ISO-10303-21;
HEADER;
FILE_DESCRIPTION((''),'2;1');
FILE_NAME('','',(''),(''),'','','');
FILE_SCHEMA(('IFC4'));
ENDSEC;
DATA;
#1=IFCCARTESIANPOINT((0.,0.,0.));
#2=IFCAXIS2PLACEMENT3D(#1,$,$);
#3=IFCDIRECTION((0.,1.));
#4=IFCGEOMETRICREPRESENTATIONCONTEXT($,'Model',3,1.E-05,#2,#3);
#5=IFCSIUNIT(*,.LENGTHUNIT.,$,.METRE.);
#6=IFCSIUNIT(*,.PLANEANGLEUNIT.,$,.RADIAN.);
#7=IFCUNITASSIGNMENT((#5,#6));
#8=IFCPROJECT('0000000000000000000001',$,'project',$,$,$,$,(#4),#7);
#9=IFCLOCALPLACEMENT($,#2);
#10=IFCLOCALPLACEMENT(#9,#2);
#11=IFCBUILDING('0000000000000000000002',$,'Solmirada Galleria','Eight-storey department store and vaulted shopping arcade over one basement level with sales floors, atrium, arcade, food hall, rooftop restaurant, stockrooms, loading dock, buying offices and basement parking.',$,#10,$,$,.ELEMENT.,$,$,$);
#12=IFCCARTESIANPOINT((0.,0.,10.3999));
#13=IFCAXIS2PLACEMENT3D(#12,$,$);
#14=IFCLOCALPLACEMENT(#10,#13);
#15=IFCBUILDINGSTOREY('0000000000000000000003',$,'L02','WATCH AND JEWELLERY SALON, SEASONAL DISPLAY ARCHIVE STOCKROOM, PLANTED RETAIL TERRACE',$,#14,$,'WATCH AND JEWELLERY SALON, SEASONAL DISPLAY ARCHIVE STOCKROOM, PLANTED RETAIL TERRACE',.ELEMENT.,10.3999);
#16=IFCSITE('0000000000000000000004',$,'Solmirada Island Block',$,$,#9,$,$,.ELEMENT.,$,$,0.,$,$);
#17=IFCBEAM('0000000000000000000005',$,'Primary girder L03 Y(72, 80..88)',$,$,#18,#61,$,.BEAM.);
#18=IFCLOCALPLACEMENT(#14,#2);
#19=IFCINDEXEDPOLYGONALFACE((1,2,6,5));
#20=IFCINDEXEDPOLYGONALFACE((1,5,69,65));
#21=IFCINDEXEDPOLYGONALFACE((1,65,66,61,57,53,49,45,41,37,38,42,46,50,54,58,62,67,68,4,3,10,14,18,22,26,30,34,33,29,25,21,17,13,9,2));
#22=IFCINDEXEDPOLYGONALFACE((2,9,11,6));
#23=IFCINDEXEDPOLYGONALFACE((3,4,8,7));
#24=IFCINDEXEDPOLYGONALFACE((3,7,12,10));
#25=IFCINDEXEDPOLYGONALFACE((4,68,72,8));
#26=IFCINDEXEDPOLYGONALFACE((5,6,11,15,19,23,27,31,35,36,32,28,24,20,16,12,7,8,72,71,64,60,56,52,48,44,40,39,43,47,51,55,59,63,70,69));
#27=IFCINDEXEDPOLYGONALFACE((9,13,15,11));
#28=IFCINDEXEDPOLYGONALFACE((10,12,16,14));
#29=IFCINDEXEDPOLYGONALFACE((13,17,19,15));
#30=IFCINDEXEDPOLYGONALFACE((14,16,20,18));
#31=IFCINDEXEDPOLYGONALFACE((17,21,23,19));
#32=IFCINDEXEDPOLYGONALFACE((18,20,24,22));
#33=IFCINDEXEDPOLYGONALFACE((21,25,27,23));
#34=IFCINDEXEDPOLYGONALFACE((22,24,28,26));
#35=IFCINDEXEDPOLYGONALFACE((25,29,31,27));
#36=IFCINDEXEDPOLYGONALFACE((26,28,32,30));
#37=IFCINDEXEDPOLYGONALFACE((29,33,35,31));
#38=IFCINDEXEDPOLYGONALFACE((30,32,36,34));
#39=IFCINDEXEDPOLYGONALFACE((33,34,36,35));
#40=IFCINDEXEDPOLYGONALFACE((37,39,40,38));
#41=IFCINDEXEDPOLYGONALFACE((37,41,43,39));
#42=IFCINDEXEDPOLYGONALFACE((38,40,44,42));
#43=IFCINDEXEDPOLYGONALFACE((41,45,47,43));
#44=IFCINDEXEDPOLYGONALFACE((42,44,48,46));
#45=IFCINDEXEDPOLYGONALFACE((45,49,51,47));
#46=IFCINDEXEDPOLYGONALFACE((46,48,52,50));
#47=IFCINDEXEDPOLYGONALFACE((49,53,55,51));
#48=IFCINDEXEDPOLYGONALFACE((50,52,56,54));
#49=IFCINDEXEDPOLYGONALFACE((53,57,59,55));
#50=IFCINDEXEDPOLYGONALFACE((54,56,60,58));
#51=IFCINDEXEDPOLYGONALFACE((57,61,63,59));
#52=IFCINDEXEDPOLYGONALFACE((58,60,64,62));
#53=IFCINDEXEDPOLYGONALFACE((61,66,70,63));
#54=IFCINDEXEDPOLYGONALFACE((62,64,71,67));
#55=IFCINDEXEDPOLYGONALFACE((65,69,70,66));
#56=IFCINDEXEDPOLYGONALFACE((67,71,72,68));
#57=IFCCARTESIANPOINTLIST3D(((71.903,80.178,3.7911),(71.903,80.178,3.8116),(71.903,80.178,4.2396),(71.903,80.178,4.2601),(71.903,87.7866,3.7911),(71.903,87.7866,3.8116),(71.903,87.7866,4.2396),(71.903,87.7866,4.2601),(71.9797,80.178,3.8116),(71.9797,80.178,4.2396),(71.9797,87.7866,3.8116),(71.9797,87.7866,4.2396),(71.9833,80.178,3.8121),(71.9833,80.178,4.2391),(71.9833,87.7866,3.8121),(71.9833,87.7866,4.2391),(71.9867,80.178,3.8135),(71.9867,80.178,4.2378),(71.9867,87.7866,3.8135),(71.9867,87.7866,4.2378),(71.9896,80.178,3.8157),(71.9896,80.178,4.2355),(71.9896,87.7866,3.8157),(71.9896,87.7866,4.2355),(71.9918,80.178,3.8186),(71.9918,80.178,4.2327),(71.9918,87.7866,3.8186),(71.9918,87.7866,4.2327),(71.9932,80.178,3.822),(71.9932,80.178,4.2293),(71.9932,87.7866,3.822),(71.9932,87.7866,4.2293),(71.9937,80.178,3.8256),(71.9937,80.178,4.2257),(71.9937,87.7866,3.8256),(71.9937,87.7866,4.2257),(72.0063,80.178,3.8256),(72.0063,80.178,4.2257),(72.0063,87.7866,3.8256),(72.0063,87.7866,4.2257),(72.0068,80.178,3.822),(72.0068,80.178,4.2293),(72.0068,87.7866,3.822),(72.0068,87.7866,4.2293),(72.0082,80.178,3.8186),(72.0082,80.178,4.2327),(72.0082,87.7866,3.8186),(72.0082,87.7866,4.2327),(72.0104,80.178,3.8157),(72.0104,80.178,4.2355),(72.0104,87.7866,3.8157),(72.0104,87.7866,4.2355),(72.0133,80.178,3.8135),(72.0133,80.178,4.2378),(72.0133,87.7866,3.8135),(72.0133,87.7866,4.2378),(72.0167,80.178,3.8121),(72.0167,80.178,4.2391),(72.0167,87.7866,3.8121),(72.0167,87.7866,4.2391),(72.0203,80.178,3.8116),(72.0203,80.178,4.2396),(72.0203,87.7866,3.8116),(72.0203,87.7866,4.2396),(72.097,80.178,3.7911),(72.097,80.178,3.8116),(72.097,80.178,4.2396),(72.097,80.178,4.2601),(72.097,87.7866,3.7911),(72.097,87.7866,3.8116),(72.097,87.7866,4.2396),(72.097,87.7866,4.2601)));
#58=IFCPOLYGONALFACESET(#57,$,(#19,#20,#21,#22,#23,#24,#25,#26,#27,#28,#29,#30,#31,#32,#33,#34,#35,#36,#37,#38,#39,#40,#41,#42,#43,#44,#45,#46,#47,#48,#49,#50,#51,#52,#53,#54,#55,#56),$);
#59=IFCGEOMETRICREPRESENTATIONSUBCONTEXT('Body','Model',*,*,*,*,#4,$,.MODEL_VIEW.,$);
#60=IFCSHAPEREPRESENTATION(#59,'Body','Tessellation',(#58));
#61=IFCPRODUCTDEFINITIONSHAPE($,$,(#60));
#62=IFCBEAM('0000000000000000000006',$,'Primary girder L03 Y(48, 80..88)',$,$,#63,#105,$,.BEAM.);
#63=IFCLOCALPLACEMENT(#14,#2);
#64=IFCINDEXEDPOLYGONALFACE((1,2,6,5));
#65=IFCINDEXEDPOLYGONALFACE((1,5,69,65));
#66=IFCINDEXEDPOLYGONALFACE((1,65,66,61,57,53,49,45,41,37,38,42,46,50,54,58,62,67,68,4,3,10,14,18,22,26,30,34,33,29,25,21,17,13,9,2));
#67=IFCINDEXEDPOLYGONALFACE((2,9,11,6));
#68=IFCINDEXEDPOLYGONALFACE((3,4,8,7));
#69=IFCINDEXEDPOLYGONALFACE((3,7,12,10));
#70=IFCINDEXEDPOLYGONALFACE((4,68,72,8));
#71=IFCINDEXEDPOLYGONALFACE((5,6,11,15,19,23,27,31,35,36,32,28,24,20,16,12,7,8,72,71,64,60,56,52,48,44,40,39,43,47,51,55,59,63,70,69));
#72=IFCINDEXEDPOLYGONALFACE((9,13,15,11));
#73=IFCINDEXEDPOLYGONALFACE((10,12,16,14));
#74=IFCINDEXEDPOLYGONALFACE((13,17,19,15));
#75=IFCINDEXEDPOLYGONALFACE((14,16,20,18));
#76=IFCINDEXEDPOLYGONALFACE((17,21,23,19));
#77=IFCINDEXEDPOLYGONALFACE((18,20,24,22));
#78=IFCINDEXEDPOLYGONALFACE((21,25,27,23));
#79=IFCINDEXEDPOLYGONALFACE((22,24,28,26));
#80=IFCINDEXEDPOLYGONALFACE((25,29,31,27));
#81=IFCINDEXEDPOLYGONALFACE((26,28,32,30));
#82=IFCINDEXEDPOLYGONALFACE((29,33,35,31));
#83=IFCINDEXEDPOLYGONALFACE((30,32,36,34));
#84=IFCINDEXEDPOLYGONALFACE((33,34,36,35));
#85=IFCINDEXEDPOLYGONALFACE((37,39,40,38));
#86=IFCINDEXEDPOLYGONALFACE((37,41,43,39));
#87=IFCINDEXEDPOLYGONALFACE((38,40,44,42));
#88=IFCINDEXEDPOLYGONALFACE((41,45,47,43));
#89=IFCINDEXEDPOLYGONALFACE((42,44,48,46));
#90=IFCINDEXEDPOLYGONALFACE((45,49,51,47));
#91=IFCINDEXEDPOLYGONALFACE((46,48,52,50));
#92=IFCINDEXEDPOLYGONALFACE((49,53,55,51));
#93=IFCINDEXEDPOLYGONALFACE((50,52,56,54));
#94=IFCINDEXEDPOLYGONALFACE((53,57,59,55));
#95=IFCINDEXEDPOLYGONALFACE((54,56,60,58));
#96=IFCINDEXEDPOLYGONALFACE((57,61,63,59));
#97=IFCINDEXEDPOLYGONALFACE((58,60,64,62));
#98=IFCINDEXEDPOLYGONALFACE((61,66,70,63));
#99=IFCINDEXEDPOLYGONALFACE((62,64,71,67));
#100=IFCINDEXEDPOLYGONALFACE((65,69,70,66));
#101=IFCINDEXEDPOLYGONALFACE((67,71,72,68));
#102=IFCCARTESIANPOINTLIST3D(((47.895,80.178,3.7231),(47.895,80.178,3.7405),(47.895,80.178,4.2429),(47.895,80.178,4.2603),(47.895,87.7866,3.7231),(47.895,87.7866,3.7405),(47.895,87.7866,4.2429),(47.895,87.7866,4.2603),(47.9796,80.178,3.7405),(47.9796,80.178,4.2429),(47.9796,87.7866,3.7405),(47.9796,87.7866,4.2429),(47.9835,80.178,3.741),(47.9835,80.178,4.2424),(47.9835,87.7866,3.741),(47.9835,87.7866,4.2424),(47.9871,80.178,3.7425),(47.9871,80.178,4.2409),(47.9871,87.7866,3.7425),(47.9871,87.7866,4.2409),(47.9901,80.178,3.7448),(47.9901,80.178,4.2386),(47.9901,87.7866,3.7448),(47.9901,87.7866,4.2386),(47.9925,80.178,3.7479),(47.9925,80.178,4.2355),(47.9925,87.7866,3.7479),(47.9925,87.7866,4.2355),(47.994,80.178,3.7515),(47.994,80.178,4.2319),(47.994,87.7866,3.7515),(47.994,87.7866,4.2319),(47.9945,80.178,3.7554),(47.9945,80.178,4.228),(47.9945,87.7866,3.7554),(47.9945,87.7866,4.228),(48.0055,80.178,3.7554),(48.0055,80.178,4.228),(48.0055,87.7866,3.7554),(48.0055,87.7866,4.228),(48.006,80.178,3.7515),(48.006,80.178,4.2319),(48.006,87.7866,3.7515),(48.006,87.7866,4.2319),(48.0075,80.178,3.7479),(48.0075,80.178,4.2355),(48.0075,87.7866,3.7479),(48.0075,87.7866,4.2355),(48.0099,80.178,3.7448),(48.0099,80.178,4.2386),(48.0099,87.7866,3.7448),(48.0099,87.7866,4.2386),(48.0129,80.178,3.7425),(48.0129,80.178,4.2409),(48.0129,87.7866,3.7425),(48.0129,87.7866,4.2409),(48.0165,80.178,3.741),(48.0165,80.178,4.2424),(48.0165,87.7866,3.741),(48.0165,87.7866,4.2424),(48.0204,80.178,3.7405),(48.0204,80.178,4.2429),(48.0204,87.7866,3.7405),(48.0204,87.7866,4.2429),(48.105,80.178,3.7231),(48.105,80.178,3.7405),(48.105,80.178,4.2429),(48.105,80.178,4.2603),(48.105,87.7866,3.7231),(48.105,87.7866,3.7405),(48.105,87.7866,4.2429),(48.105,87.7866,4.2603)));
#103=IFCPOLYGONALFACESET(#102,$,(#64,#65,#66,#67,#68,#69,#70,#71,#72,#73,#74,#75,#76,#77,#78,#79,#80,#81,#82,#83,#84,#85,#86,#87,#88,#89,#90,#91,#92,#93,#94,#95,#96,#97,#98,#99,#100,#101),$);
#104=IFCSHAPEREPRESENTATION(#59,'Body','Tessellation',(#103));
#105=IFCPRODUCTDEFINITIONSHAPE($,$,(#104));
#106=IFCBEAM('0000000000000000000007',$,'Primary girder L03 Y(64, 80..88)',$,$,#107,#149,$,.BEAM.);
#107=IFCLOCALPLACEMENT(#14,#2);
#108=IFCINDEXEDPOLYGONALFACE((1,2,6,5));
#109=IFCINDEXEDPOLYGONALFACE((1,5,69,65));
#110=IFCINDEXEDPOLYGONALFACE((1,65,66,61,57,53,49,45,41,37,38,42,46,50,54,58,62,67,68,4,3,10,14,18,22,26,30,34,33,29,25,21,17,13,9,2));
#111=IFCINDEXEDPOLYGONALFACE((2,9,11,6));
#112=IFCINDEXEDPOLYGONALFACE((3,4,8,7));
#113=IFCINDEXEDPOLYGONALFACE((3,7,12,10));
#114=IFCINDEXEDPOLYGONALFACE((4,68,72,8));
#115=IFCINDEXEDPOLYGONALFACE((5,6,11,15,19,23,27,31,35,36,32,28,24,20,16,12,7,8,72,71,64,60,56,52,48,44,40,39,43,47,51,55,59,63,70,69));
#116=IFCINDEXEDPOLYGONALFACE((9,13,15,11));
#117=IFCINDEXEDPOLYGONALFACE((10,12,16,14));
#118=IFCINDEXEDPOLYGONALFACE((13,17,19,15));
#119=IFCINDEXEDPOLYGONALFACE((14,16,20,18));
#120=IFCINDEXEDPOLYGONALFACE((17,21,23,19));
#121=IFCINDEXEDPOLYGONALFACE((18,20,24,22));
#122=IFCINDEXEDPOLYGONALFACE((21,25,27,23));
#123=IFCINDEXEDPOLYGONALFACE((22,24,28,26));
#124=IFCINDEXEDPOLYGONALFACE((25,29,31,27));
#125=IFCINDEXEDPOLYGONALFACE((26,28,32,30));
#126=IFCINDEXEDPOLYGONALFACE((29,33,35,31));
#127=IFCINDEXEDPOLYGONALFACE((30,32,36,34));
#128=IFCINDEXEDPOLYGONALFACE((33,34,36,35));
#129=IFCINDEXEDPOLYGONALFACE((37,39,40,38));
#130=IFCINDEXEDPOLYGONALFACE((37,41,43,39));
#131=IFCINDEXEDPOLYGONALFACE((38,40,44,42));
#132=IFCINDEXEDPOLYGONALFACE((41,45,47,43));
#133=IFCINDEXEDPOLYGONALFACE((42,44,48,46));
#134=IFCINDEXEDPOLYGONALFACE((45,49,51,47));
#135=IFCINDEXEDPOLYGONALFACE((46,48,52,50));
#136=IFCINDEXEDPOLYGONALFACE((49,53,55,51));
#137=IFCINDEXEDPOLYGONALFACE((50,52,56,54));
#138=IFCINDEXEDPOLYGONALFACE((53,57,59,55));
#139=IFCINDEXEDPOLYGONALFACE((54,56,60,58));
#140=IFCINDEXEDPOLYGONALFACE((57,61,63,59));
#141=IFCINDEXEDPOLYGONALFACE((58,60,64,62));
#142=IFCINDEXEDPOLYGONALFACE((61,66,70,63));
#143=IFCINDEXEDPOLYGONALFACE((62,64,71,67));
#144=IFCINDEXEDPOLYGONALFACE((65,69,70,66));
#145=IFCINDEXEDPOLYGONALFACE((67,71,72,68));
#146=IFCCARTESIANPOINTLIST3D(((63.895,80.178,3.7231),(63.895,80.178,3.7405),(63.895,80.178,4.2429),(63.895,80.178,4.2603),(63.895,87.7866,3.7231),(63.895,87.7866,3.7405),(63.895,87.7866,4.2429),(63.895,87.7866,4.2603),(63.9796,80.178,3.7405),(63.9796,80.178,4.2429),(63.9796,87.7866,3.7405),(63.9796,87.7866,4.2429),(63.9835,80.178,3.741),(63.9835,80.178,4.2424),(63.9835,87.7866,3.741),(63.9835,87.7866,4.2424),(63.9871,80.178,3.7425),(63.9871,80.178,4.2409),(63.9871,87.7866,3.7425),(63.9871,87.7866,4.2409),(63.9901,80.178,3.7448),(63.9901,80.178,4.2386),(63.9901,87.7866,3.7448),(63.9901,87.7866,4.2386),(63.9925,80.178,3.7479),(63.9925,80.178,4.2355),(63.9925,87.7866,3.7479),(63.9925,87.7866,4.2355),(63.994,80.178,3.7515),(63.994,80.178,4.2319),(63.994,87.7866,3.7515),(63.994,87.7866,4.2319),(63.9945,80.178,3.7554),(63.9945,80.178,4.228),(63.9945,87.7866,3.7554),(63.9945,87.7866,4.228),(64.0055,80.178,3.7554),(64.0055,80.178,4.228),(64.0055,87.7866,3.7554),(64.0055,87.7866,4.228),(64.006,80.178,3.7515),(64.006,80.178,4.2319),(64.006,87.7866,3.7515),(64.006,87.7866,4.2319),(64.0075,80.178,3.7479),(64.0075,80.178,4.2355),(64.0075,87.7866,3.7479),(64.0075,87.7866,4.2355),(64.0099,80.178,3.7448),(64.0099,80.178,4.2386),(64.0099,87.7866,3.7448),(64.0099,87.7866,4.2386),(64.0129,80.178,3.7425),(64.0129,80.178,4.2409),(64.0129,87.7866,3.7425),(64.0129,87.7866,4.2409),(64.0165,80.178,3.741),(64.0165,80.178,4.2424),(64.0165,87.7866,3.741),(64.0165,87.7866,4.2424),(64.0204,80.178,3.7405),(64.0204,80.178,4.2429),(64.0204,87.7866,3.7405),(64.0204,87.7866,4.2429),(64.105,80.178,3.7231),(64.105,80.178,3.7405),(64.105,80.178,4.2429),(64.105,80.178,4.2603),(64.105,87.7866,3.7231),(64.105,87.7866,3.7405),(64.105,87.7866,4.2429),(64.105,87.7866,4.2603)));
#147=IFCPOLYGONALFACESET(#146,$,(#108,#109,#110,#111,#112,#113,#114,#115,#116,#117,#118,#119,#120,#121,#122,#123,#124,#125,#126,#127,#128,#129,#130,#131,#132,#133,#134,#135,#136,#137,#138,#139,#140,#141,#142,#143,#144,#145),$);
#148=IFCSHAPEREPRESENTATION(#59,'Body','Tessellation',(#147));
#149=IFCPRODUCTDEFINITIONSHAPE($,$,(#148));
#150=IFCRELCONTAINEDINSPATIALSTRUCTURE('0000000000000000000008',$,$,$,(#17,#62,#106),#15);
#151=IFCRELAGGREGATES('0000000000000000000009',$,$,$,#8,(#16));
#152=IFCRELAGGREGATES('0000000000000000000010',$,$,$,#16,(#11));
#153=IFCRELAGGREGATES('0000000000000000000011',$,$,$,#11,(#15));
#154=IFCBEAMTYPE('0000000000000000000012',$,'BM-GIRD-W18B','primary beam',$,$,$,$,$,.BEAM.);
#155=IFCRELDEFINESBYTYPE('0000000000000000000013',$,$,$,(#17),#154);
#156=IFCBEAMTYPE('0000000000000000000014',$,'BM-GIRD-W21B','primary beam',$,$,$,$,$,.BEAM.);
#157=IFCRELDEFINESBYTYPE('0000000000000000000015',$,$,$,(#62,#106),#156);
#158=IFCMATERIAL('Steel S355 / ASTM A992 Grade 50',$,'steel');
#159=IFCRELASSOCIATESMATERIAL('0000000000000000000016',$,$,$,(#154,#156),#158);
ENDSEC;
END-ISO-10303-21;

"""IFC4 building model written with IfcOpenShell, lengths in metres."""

from ifc_helpers import new_model, si_unit, direction, frame, origin, origin_2d, place, context, subcontext, project, spatial, i_section, extrude, material, material_profile, profile_set, type_object, element, save


model = new_model("IFC4")

# Units and contexts
model_context = context("Model", 3, precision=1e-05, world=origin(), true_north=direction((0.0, 1.0)))
body_context = subcontext(model_context, "Body", "Model", "MODEL_VIEW")
ifc_project = project(units=[si_unit("LENGTHUNIT", "METRE"), si_unit("PLANEANGLEUNIT", "RADIAN")], contexts=[model_context])

# Site, building, storey
site_placement = place(None, origin())
site = spatial("IfcSite", under=ifc_project, at=site_placement, Name="Solmirada Island Block", CompositionType="ELEMENT", RefElevation=0.0)
building_placement = place(site_placement, origin())
building = spatial("IfcBuilding", under=site, at=building_placement, Name="Solmirada Galleria", Description="Eight-storey department store and vaulted shopping arcade over one basement level with sales floors, atrium, arcade, food hall, rooftop restaurant, stockrooms, loading dock, buying offices and basement parking.", CompositionType="ELEMENT")
storey_placement = place(building_placement, frame((0.0, 0.0, 10.3999)))
storey = spatial("IfcBuildingStorey", under=building, at=storey_placement, Name="L02", Description="WATCH AND JEWELLERY SALON, SEASONAL DISPLAY ARCHIVE STOCKROOM, PLANTED RETAIL TERRACE", LongName="WATCH AND JEWELLERY SALON, SEASONAL DISPLAY ARCHIVE STOCKROOM, PLANTED RETAIL TERRACE", CompositionType="ELEMENT", Elevation=10.3999)

# Beams
ifc_material_1 = material(Name="Steel S355 / ASTM A992 Grade 50", Category="steel")
ifc_material_profile_1 = material_profile(ifc_material_1, i_section(OverallWidth=0.1941, OverallDepth=0.469, WebThickness=0.0127, FlangeThickness=0.0205, FilletRadius=0.0139, at=origin_2d()), Name="W18X71")
ifc_profile_set_1 = profile_set([ifc_material_profile_1], Name="Steel S355 / ASTM A992 Grade 50")
beam_type_1 = type_object("IfcBeamType", Name="BM-GIRD-W18B", Description="primary beam", PredefinedType="BEAM", material=ifc_profile_set_1)
for number, where, z_axis, x_axis, name in (
    (1, (72.0, 80.178, 4.0256), (0.0, 1.0, 0.0), (-1.0, 0.0, 0.0), "Primary girder L03 Y(72, 80..88)"),
):
    element("IfcBeam", number, at=place(storey_placement, frame(where, z_axis=z_axis, x_axis=x_axis)), inside=storey, type_object=beam_type_1, Name=name, PredefinedType="BEAM", context=body_context, shape_type="SweptSolid", body=[
        extrude(i_section(OverallWidth=0.1941, OverallDepth=0.469, WebThickness=0.0127, FlangeThickness=0.0205, FilletRadius=0.0139, at=origin_2d()), origin(), (0.0, 0.0, 1.0), 7.6086),
    ])
ifc_material_profile_2 = material_profile(ifc_material_1, i_section(OverallWidth=0.21, OverallDepth=0.5371, WebThickness=0.011, FlangeThickness=0.0173, FilletRadius=0.0149, at=origin_2d()), Name="W21X68")
ifc_profile_set_2 = profile_set([ifc_material_profile_2], Name="Steel S355 / ASTM A992 Grade 50")
beam_type_2 = type_object("IfcBeamType", Name="BM-GIRD-W21B", Description="primary beam", PredefinedType="BEAM", material=ifc_profile_set_2)
for number, where, z_axis, x_axis, name in (
    (2, (48.0, 80.178, 3.9917), (0.0, 1.0, 0.0), (-1.0, 0.0, 0.0), "Primary girder L03 Y(48, 80..88)"),
    (3, (64.0, 80.178, 3.9917), (0.0, 1.0, 0.0), (-1.0, 0.0, 0.0), "Primary girder L03 Y(64, 80..88)"),
):
    element("IfcBeam", number, at=place(storey_placement, frame(where, z_axis=z_axis, x_axis=x_axis)), inside=storey, type_object=beam_type_2, Name=name, PredefinedType="BEAM", context=body_context, shape_type="SweptSolid", body=[
        extrude(i_section(OverallWidth=0.21, OverallDepth=0.5371, WebThickness=0.011, FlangeThickness=0.0173, FilletRadius=0.0149, at=origin_2d()), origin(), (0.0, 0.0, 1.0), 7.6086),
    ])

save(model, "model.ifc")
